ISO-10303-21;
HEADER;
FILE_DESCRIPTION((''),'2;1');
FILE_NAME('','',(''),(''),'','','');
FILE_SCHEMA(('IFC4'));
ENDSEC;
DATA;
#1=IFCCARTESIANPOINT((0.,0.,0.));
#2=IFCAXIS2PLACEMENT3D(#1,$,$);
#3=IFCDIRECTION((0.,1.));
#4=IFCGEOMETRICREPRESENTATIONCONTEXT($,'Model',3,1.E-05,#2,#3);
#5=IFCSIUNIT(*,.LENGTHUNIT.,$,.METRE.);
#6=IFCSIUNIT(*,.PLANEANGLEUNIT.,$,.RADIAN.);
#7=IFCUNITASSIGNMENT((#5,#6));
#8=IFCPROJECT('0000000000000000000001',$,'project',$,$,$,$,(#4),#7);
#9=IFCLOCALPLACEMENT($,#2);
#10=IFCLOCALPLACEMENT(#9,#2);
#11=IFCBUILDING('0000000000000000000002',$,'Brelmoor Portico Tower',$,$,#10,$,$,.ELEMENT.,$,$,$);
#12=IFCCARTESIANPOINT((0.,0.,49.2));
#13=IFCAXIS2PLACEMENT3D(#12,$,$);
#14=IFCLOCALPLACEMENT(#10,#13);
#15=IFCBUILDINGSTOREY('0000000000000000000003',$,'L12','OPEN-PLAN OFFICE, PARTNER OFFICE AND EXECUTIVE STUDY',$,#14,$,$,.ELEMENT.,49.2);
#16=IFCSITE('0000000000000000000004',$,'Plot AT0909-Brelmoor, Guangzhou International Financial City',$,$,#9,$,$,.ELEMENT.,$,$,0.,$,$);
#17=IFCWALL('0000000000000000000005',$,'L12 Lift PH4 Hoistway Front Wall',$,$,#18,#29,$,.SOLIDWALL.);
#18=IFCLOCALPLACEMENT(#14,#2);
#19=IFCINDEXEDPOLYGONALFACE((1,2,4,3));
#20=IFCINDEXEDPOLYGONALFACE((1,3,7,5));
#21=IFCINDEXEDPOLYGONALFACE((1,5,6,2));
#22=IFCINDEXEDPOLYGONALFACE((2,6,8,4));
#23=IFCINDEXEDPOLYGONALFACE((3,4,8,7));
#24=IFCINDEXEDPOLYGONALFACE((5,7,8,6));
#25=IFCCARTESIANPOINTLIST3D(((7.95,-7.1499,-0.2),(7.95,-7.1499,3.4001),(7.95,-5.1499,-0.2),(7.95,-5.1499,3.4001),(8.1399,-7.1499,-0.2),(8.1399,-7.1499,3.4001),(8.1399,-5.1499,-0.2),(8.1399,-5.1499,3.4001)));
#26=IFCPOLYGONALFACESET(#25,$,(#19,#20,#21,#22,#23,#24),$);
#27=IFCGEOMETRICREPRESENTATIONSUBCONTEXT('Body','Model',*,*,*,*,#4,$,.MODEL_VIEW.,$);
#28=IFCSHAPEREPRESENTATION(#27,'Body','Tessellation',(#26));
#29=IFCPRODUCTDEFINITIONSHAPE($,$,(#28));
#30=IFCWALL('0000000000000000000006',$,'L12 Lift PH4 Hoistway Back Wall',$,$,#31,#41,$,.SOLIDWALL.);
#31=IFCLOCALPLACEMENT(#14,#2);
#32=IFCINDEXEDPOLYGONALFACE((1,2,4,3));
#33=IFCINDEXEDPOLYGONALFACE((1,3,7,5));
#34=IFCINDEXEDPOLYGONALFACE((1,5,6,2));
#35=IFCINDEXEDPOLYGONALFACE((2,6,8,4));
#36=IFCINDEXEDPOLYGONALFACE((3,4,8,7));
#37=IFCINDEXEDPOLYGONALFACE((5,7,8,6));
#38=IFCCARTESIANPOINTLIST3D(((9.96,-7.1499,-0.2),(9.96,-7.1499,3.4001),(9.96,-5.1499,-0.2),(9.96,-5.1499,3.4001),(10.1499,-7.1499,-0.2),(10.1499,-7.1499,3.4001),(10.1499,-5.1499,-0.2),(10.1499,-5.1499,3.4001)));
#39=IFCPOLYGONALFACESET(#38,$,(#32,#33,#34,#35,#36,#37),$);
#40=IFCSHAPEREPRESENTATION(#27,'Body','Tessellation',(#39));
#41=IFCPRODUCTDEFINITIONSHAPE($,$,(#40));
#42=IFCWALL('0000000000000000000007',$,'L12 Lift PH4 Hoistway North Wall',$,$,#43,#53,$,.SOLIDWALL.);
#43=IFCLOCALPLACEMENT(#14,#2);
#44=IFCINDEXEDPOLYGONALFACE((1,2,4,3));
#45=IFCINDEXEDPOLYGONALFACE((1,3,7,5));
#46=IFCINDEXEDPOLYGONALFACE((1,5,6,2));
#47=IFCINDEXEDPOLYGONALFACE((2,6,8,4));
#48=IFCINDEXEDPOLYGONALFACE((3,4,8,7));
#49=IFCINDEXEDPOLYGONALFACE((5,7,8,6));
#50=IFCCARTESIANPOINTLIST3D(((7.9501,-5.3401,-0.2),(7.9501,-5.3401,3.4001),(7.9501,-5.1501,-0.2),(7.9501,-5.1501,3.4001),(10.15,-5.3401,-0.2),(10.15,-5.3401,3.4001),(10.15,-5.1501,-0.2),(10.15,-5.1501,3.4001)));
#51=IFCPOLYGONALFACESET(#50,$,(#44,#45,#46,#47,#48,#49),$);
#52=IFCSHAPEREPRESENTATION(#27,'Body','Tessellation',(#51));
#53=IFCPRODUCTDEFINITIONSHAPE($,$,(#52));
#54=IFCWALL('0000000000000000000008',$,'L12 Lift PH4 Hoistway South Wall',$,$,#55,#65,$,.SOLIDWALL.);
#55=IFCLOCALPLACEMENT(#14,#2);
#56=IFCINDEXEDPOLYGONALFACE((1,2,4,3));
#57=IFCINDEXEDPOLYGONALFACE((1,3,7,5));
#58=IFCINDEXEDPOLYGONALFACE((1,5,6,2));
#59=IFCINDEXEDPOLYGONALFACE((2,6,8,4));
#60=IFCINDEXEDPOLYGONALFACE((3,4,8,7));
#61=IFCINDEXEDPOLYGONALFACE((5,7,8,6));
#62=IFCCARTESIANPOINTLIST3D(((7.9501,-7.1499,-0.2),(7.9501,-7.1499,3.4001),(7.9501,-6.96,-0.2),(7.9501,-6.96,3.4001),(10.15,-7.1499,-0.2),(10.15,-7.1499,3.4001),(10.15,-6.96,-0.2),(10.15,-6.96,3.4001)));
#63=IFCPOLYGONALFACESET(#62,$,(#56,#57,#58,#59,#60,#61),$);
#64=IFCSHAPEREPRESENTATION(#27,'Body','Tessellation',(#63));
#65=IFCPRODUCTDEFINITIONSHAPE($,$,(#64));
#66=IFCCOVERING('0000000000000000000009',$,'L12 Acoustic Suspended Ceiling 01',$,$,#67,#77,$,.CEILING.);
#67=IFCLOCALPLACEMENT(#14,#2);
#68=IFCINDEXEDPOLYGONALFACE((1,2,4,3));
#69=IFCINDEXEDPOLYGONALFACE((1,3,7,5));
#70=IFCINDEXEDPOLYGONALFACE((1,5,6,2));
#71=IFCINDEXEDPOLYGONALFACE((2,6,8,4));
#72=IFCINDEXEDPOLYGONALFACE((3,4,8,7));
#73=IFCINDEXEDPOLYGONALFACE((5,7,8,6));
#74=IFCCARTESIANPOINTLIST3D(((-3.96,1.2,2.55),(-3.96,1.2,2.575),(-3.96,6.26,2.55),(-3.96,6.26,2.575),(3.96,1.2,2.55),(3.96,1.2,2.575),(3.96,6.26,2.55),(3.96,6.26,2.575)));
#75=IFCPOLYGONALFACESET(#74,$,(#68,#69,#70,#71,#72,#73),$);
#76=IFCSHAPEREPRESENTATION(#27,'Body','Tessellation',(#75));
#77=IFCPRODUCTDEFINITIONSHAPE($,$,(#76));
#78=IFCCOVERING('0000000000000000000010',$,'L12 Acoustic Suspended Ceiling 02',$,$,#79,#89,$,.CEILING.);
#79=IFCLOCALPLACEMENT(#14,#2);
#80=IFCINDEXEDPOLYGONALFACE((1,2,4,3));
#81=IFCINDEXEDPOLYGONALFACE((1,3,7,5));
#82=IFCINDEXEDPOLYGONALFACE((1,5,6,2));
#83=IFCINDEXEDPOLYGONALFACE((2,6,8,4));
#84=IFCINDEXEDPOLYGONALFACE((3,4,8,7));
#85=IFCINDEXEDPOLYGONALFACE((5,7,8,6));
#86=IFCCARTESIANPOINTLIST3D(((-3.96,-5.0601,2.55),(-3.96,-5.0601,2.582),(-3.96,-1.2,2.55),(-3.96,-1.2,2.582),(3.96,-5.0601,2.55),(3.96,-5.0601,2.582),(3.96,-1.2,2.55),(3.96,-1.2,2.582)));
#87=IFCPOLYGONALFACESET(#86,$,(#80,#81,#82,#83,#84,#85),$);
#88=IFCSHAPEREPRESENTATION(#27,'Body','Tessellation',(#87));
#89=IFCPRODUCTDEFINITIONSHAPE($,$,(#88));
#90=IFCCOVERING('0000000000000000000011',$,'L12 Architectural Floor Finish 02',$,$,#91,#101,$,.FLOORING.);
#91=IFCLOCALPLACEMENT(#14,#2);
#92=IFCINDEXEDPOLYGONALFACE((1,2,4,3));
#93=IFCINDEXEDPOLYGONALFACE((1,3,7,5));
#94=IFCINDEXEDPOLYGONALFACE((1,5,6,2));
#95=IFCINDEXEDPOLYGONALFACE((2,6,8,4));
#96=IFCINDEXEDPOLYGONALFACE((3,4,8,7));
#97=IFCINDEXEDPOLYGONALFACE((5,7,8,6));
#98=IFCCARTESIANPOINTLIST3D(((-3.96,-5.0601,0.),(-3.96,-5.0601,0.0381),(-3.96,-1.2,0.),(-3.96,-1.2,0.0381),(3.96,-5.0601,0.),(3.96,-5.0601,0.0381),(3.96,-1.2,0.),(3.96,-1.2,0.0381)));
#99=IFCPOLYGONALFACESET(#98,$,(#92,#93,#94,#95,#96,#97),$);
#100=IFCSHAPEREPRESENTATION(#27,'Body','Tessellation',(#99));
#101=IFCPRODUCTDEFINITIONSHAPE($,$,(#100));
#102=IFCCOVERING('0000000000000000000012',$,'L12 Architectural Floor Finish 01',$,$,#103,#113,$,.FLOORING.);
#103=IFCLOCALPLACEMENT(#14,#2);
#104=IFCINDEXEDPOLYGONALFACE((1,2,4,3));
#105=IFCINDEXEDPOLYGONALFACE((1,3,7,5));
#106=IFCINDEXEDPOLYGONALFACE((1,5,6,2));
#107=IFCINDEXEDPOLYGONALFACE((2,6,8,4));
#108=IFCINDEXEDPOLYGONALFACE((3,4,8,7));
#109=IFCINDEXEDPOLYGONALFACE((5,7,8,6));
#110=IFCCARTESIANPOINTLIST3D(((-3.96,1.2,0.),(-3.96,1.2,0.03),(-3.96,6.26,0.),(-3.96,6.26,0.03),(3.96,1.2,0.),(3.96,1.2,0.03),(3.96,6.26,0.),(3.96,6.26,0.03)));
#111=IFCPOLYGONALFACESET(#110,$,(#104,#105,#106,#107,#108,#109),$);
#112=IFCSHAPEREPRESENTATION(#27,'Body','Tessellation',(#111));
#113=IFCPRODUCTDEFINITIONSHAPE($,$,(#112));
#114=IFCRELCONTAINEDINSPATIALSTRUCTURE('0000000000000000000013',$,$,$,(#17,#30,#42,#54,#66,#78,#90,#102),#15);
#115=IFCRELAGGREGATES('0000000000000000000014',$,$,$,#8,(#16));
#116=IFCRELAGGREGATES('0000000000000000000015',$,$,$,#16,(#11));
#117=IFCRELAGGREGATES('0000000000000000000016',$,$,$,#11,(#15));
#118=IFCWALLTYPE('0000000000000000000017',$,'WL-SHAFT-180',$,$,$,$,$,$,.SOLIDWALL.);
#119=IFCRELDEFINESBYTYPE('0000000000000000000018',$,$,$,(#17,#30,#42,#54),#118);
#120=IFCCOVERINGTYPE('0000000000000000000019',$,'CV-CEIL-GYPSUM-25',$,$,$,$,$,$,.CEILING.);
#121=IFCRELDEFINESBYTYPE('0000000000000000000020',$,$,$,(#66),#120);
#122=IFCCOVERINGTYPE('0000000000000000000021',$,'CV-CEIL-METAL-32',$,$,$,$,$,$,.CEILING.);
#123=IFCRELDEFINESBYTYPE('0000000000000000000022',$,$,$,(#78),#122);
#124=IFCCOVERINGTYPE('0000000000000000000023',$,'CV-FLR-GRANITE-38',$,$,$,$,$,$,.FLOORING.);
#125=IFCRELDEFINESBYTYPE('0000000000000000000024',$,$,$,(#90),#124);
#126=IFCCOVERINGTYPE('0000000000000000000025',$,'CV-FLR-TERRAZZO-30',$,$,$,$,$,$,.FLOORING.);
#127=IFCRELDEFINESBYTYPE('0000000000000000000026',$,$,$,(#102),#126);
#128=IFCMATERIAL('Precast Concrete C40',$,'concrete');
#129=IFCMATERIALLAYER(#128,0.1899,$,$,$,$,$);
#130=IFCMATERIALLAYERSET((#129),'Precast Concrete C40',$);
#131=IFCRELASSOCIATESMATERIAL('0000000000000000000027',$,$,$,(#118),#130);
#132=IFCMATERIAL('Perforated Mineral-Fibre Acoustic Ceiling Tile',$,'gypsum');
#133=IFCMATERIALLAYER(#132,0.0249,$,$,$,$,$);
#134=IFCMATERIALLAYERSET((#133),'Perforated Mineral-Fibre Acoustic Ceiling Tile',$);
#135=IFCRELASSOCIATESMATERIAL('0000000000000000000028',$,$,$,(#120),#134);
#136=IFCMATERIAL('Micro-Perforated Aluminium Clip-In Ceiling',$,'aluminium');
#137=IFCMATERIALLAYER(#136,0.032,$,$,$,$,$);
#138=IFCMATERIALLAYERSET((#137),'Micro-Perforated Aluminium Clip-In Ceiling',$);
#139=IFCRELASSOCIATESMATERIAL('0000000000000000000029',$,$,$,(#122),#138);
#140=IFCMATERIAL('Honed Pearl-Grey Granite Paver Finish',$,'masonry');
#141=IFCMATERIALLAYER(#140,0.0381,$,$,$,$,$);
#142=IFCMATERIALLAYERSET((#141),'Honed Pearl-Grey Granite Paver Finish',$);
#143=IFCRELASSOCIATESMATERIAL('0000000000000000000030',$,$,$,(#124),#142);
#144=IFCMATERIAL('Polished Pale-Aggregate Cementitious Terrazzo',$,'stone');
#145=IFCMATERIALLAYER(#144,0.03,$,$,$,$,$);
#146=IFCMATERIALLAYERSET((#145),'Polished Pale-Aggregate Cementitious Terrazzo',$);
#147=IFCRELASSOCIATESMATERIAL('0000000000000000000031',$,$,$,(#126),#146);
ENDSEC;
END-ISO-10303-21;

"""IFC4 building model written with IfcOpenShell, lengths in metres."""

from ifc_helpers import new_model, si_unit, direction, frame, frame_2d, origin, place, context, subcontext, project, spatial, polyline, rectangle, outline, extrude, material, layer, layer_set, type_object, element, save


model = new_model("IFC4")

# Units and contexts
model_context = context("Model", 3, precision=1e-05, world=origin(), true_north=direction((0.0, 1.0)))
body_context = subcontext(model_context, "Body", "Model", "MODEL_VIEW")
ifc_project = project(units=[si_unit("LENGTHUNIT", "METRE"), si_unit("PLANEANGLEUNIT", "RADIAN")], contexts=[model_context])

# Site, building, storey
site_placement = place(None, origin())
site = spatial("IfcSite", under=ifc_project, at=site_placement, Name="Plot AT0909-Brelmoor, Guangzhou International Financial City", CompositionType="ELEMENT", RefElevation=0.0)
building_placement = place(site_placement, origin())
building = spatial("IfcBuilding", under=site, at=building_placement, Name="Brelmoor Portico Tower", CompositionType="ELEMENT")
storey_placement = place(building_placement, frame((0.0, 0.0, 49.2)))
storey = spatial("IfcBuildingStorey", under=building, at=storey_placement, Name="L12", Description="OPEN-PLAN OFFICE, PARTNER OFFICE AND EXECUTIVE STUDY", CompositionType="ELEMENT", Elevation=49.2)

# Walls
ifc_material_1 = material(Name="Precast Concrete C40", Category="concrete")
ifc_layer_1 = layer(ifc_material_1, 0.1899)
ifc_layer_set_1 = layer_set([ifc_layer_1], Name="Precast Concrete C40")
wall_type_1 = type_object("IfcWallType", Name="WL-SHAFT-180", PredefinedType="SOLIDWALL", material=ifc_layer_set_1)
for number, where, z_axis, x_axis, name in (
    (1, (8.0449, -7.1499, -0.2), (0.0, 0.0, 1.0), (0.0, 1.0, 0.0), "L12 Lift PH4 Hoistway Front Wall"),
    (2, (10.0549, -7.1499, -0.2), (0.0, 0.0, 1.0), (0.0, 1.0, 0.0), "L12 Lift PH4 Hoistway Back Wall"),
):
    element("IfcWall", number, at=place(storey_placement, frame(where, z_axis=z_axis, x_axis=x_axis)), inside=storey, type_object=wall_type_1, Name=name, PredefinedType="SOLIDWALL", context=body_context, shape_type="SweptSolid", body=[
        extrude(rectangle(XDim=2.0, YDim=0.1899, at=frame_2d((1.0, 0.0))), origin(), (0.0, 0.0, 1.0), 3.6001),
    ])
for number, where, z_axis, x_axis, name in (
    (3, (7.95, -5.2451, -0.2), (0.0, 0.0, 1.0), (1.0, 0.0, 0.0), "L12 Lift PH4 Hoistway North Wall"),
    (4, (7.95, -7.0549, -0.2), (0.0, 0.0, 1.0), (1.0, 0.0, 0.0), "L12 Lift PH4 Hoistway South Wall"),
):
    element("IfcWall", number, at=place(storey_placement, frame(where, z_axis=z_axis, x_axis=x_axis)), inside=storey, type_object=wall_type_1, Name=name, PredefinedType="SOLIDWALL", context=body_context, shape_type="SweptSolid", body=[
        extrude(rectangle(XDim=2.2, YDim=0.1899, at=frame_2d((1.1001, 0.0))), origin(), (0.0, 0.0, 1.0), 3.6001),
    ])

# Coverings
ifc_material_2 = material(Name="Perforated Mineral-Fibre Acoustic Ceiling Tile", Category="gypsum")
ifc_layer_2 = layer(ifc_material_2, 0.0249)
ifc_layer_set_2 = layer_set([ifc_layer_2], Name="Perforated Mineral-Fibre Acoustic Ceiling Tile")
covering_type_1 = type_object("IfcCoveringType", Name="CV-CEIL-GYPSUM-25", PredefinedType="CEILING", material=ifc_layer_set_2)
covering_1_placement = place(storey_placement, frame((0.0, 0.0, 2.55)))
element("IfcCovering", 5, at=covering_1_placement, inside=storey, type_object=covering_type_1, Name="L12 Acoustic Suspended Ceiling 01", PredefinedType="CEILING", context=body_context, shape_type="SweptSolid", body=[
    extrude(outline(polyline([(-3.96, 1.2), (-3.96, 6.26), (3.96, 6.26), (3.96, 1.2), (-3.96, 1.2)])), origin(), (0.0, 0.0, 1.0), 0.0249),
])
ifc_material_3 = material(Name="Micro-Perforated Aluminium Clip-In Ceiling", Category="aluminium")
ifc_layer_3 = layer(ifc_material_3, 0.032)
ifc_layer_set_3 = layer_set([ifc_layer_3], Name="Micro-Perforated Aluminium Clip-In Ceiling")
covering_type_2 = type_object("IfcCoveringType", Name="CV-CEIL-METAL-32", PredefinedType="CEILING", material=ifc_layer_set_3)
covering_2_placement = place(storey_placement, frame((0.0, 0.0, 2.55)))
element("IfcCovering", 6, at=covering_2_placement, inside=storey, type_object=covering_type_2, Name="L12 Acoustic Suspended Ceiling 02", PredefinedType="CEILING", context=body_context, shape_type="SweptSolid", body=[
    extrude(outline(polyline([(-3.96, -5.0601), (-3.96, -1.2), (3.96, -1.2), (3.96, -5.0601), (-3.96, -5.0601)])), origin(), (0.0, 0.0, 1.0), 0.032),
])
ifc_material_4 = material(Name="Honed Pearl-Grey Granite Paver Finish", Category="masonry")
ifc_layer_4 = layer(ifc_material_4, 0.0381)
ifc_layer_set_4 = layer_set([ifc_layer_4], Name="Honed Pearl-Grey Granite Paver Finish")
covering_type_3 = type_object("IfcCoveringType", Name="CV-FLR-GRANITE-38", PredefinedType="FLOORING", material=ifc_layer_set_4)
covering_3_placement = place(storey_placement, origin())
element("IfcCovering", 7, at=covering_3_placement, inside=storey, type_object=covering_type_3, Name="L12 Architectural Floor Finish 02", PredefinedType="FLOORING", context=body_context, shape_type="SweptSolid", body=[
    extrude(outline(polyline([(-3.96, -5.0601), (-3.96, -1.2), (3.96, -1.2), (3.96, -5.0601), (-3.96, -5.0601)])), origin(), (0.0, 0.0, 1.0), 0.0381),
])
ifc_material_5 = material(Name="Polished Pale-Aggregate Cementitious Terrazzo", Category="stone")
ifc_layer_5 = layer(ifc_material_5, 0.03)
ifc_layer_set_5 = layer_set([ifc_layer_5], Name="Polished Pale-Aggregate Cementitious Terrazzo")
covering_type_4 = type_object("IfcCoveringType", Name="CV-FLR-TERRAZZO-30", PredefinedType="FLOORING", material=ifc_layer_set_5)
covering_4_placement = place(storey_placement, origin())
element("IfcCovering", 8, at=covering_4_placement, inside=storey, type_object=covering_type_4, Name="L12 Architectural Floor Finish 01", PredefinedType="FLOORING", context=body_context, shape_type="SweptSolid", body=[
    extrude(outline(polyline([(-3.96, 1.2), (-3.96, 6.26), (3.96, 6.26), (3.96, 1.2), (-3.96, 1.2)])), origin(), (0.0, 0.0, 1.0), 0.03),
])

save(model, "model.ifc")
